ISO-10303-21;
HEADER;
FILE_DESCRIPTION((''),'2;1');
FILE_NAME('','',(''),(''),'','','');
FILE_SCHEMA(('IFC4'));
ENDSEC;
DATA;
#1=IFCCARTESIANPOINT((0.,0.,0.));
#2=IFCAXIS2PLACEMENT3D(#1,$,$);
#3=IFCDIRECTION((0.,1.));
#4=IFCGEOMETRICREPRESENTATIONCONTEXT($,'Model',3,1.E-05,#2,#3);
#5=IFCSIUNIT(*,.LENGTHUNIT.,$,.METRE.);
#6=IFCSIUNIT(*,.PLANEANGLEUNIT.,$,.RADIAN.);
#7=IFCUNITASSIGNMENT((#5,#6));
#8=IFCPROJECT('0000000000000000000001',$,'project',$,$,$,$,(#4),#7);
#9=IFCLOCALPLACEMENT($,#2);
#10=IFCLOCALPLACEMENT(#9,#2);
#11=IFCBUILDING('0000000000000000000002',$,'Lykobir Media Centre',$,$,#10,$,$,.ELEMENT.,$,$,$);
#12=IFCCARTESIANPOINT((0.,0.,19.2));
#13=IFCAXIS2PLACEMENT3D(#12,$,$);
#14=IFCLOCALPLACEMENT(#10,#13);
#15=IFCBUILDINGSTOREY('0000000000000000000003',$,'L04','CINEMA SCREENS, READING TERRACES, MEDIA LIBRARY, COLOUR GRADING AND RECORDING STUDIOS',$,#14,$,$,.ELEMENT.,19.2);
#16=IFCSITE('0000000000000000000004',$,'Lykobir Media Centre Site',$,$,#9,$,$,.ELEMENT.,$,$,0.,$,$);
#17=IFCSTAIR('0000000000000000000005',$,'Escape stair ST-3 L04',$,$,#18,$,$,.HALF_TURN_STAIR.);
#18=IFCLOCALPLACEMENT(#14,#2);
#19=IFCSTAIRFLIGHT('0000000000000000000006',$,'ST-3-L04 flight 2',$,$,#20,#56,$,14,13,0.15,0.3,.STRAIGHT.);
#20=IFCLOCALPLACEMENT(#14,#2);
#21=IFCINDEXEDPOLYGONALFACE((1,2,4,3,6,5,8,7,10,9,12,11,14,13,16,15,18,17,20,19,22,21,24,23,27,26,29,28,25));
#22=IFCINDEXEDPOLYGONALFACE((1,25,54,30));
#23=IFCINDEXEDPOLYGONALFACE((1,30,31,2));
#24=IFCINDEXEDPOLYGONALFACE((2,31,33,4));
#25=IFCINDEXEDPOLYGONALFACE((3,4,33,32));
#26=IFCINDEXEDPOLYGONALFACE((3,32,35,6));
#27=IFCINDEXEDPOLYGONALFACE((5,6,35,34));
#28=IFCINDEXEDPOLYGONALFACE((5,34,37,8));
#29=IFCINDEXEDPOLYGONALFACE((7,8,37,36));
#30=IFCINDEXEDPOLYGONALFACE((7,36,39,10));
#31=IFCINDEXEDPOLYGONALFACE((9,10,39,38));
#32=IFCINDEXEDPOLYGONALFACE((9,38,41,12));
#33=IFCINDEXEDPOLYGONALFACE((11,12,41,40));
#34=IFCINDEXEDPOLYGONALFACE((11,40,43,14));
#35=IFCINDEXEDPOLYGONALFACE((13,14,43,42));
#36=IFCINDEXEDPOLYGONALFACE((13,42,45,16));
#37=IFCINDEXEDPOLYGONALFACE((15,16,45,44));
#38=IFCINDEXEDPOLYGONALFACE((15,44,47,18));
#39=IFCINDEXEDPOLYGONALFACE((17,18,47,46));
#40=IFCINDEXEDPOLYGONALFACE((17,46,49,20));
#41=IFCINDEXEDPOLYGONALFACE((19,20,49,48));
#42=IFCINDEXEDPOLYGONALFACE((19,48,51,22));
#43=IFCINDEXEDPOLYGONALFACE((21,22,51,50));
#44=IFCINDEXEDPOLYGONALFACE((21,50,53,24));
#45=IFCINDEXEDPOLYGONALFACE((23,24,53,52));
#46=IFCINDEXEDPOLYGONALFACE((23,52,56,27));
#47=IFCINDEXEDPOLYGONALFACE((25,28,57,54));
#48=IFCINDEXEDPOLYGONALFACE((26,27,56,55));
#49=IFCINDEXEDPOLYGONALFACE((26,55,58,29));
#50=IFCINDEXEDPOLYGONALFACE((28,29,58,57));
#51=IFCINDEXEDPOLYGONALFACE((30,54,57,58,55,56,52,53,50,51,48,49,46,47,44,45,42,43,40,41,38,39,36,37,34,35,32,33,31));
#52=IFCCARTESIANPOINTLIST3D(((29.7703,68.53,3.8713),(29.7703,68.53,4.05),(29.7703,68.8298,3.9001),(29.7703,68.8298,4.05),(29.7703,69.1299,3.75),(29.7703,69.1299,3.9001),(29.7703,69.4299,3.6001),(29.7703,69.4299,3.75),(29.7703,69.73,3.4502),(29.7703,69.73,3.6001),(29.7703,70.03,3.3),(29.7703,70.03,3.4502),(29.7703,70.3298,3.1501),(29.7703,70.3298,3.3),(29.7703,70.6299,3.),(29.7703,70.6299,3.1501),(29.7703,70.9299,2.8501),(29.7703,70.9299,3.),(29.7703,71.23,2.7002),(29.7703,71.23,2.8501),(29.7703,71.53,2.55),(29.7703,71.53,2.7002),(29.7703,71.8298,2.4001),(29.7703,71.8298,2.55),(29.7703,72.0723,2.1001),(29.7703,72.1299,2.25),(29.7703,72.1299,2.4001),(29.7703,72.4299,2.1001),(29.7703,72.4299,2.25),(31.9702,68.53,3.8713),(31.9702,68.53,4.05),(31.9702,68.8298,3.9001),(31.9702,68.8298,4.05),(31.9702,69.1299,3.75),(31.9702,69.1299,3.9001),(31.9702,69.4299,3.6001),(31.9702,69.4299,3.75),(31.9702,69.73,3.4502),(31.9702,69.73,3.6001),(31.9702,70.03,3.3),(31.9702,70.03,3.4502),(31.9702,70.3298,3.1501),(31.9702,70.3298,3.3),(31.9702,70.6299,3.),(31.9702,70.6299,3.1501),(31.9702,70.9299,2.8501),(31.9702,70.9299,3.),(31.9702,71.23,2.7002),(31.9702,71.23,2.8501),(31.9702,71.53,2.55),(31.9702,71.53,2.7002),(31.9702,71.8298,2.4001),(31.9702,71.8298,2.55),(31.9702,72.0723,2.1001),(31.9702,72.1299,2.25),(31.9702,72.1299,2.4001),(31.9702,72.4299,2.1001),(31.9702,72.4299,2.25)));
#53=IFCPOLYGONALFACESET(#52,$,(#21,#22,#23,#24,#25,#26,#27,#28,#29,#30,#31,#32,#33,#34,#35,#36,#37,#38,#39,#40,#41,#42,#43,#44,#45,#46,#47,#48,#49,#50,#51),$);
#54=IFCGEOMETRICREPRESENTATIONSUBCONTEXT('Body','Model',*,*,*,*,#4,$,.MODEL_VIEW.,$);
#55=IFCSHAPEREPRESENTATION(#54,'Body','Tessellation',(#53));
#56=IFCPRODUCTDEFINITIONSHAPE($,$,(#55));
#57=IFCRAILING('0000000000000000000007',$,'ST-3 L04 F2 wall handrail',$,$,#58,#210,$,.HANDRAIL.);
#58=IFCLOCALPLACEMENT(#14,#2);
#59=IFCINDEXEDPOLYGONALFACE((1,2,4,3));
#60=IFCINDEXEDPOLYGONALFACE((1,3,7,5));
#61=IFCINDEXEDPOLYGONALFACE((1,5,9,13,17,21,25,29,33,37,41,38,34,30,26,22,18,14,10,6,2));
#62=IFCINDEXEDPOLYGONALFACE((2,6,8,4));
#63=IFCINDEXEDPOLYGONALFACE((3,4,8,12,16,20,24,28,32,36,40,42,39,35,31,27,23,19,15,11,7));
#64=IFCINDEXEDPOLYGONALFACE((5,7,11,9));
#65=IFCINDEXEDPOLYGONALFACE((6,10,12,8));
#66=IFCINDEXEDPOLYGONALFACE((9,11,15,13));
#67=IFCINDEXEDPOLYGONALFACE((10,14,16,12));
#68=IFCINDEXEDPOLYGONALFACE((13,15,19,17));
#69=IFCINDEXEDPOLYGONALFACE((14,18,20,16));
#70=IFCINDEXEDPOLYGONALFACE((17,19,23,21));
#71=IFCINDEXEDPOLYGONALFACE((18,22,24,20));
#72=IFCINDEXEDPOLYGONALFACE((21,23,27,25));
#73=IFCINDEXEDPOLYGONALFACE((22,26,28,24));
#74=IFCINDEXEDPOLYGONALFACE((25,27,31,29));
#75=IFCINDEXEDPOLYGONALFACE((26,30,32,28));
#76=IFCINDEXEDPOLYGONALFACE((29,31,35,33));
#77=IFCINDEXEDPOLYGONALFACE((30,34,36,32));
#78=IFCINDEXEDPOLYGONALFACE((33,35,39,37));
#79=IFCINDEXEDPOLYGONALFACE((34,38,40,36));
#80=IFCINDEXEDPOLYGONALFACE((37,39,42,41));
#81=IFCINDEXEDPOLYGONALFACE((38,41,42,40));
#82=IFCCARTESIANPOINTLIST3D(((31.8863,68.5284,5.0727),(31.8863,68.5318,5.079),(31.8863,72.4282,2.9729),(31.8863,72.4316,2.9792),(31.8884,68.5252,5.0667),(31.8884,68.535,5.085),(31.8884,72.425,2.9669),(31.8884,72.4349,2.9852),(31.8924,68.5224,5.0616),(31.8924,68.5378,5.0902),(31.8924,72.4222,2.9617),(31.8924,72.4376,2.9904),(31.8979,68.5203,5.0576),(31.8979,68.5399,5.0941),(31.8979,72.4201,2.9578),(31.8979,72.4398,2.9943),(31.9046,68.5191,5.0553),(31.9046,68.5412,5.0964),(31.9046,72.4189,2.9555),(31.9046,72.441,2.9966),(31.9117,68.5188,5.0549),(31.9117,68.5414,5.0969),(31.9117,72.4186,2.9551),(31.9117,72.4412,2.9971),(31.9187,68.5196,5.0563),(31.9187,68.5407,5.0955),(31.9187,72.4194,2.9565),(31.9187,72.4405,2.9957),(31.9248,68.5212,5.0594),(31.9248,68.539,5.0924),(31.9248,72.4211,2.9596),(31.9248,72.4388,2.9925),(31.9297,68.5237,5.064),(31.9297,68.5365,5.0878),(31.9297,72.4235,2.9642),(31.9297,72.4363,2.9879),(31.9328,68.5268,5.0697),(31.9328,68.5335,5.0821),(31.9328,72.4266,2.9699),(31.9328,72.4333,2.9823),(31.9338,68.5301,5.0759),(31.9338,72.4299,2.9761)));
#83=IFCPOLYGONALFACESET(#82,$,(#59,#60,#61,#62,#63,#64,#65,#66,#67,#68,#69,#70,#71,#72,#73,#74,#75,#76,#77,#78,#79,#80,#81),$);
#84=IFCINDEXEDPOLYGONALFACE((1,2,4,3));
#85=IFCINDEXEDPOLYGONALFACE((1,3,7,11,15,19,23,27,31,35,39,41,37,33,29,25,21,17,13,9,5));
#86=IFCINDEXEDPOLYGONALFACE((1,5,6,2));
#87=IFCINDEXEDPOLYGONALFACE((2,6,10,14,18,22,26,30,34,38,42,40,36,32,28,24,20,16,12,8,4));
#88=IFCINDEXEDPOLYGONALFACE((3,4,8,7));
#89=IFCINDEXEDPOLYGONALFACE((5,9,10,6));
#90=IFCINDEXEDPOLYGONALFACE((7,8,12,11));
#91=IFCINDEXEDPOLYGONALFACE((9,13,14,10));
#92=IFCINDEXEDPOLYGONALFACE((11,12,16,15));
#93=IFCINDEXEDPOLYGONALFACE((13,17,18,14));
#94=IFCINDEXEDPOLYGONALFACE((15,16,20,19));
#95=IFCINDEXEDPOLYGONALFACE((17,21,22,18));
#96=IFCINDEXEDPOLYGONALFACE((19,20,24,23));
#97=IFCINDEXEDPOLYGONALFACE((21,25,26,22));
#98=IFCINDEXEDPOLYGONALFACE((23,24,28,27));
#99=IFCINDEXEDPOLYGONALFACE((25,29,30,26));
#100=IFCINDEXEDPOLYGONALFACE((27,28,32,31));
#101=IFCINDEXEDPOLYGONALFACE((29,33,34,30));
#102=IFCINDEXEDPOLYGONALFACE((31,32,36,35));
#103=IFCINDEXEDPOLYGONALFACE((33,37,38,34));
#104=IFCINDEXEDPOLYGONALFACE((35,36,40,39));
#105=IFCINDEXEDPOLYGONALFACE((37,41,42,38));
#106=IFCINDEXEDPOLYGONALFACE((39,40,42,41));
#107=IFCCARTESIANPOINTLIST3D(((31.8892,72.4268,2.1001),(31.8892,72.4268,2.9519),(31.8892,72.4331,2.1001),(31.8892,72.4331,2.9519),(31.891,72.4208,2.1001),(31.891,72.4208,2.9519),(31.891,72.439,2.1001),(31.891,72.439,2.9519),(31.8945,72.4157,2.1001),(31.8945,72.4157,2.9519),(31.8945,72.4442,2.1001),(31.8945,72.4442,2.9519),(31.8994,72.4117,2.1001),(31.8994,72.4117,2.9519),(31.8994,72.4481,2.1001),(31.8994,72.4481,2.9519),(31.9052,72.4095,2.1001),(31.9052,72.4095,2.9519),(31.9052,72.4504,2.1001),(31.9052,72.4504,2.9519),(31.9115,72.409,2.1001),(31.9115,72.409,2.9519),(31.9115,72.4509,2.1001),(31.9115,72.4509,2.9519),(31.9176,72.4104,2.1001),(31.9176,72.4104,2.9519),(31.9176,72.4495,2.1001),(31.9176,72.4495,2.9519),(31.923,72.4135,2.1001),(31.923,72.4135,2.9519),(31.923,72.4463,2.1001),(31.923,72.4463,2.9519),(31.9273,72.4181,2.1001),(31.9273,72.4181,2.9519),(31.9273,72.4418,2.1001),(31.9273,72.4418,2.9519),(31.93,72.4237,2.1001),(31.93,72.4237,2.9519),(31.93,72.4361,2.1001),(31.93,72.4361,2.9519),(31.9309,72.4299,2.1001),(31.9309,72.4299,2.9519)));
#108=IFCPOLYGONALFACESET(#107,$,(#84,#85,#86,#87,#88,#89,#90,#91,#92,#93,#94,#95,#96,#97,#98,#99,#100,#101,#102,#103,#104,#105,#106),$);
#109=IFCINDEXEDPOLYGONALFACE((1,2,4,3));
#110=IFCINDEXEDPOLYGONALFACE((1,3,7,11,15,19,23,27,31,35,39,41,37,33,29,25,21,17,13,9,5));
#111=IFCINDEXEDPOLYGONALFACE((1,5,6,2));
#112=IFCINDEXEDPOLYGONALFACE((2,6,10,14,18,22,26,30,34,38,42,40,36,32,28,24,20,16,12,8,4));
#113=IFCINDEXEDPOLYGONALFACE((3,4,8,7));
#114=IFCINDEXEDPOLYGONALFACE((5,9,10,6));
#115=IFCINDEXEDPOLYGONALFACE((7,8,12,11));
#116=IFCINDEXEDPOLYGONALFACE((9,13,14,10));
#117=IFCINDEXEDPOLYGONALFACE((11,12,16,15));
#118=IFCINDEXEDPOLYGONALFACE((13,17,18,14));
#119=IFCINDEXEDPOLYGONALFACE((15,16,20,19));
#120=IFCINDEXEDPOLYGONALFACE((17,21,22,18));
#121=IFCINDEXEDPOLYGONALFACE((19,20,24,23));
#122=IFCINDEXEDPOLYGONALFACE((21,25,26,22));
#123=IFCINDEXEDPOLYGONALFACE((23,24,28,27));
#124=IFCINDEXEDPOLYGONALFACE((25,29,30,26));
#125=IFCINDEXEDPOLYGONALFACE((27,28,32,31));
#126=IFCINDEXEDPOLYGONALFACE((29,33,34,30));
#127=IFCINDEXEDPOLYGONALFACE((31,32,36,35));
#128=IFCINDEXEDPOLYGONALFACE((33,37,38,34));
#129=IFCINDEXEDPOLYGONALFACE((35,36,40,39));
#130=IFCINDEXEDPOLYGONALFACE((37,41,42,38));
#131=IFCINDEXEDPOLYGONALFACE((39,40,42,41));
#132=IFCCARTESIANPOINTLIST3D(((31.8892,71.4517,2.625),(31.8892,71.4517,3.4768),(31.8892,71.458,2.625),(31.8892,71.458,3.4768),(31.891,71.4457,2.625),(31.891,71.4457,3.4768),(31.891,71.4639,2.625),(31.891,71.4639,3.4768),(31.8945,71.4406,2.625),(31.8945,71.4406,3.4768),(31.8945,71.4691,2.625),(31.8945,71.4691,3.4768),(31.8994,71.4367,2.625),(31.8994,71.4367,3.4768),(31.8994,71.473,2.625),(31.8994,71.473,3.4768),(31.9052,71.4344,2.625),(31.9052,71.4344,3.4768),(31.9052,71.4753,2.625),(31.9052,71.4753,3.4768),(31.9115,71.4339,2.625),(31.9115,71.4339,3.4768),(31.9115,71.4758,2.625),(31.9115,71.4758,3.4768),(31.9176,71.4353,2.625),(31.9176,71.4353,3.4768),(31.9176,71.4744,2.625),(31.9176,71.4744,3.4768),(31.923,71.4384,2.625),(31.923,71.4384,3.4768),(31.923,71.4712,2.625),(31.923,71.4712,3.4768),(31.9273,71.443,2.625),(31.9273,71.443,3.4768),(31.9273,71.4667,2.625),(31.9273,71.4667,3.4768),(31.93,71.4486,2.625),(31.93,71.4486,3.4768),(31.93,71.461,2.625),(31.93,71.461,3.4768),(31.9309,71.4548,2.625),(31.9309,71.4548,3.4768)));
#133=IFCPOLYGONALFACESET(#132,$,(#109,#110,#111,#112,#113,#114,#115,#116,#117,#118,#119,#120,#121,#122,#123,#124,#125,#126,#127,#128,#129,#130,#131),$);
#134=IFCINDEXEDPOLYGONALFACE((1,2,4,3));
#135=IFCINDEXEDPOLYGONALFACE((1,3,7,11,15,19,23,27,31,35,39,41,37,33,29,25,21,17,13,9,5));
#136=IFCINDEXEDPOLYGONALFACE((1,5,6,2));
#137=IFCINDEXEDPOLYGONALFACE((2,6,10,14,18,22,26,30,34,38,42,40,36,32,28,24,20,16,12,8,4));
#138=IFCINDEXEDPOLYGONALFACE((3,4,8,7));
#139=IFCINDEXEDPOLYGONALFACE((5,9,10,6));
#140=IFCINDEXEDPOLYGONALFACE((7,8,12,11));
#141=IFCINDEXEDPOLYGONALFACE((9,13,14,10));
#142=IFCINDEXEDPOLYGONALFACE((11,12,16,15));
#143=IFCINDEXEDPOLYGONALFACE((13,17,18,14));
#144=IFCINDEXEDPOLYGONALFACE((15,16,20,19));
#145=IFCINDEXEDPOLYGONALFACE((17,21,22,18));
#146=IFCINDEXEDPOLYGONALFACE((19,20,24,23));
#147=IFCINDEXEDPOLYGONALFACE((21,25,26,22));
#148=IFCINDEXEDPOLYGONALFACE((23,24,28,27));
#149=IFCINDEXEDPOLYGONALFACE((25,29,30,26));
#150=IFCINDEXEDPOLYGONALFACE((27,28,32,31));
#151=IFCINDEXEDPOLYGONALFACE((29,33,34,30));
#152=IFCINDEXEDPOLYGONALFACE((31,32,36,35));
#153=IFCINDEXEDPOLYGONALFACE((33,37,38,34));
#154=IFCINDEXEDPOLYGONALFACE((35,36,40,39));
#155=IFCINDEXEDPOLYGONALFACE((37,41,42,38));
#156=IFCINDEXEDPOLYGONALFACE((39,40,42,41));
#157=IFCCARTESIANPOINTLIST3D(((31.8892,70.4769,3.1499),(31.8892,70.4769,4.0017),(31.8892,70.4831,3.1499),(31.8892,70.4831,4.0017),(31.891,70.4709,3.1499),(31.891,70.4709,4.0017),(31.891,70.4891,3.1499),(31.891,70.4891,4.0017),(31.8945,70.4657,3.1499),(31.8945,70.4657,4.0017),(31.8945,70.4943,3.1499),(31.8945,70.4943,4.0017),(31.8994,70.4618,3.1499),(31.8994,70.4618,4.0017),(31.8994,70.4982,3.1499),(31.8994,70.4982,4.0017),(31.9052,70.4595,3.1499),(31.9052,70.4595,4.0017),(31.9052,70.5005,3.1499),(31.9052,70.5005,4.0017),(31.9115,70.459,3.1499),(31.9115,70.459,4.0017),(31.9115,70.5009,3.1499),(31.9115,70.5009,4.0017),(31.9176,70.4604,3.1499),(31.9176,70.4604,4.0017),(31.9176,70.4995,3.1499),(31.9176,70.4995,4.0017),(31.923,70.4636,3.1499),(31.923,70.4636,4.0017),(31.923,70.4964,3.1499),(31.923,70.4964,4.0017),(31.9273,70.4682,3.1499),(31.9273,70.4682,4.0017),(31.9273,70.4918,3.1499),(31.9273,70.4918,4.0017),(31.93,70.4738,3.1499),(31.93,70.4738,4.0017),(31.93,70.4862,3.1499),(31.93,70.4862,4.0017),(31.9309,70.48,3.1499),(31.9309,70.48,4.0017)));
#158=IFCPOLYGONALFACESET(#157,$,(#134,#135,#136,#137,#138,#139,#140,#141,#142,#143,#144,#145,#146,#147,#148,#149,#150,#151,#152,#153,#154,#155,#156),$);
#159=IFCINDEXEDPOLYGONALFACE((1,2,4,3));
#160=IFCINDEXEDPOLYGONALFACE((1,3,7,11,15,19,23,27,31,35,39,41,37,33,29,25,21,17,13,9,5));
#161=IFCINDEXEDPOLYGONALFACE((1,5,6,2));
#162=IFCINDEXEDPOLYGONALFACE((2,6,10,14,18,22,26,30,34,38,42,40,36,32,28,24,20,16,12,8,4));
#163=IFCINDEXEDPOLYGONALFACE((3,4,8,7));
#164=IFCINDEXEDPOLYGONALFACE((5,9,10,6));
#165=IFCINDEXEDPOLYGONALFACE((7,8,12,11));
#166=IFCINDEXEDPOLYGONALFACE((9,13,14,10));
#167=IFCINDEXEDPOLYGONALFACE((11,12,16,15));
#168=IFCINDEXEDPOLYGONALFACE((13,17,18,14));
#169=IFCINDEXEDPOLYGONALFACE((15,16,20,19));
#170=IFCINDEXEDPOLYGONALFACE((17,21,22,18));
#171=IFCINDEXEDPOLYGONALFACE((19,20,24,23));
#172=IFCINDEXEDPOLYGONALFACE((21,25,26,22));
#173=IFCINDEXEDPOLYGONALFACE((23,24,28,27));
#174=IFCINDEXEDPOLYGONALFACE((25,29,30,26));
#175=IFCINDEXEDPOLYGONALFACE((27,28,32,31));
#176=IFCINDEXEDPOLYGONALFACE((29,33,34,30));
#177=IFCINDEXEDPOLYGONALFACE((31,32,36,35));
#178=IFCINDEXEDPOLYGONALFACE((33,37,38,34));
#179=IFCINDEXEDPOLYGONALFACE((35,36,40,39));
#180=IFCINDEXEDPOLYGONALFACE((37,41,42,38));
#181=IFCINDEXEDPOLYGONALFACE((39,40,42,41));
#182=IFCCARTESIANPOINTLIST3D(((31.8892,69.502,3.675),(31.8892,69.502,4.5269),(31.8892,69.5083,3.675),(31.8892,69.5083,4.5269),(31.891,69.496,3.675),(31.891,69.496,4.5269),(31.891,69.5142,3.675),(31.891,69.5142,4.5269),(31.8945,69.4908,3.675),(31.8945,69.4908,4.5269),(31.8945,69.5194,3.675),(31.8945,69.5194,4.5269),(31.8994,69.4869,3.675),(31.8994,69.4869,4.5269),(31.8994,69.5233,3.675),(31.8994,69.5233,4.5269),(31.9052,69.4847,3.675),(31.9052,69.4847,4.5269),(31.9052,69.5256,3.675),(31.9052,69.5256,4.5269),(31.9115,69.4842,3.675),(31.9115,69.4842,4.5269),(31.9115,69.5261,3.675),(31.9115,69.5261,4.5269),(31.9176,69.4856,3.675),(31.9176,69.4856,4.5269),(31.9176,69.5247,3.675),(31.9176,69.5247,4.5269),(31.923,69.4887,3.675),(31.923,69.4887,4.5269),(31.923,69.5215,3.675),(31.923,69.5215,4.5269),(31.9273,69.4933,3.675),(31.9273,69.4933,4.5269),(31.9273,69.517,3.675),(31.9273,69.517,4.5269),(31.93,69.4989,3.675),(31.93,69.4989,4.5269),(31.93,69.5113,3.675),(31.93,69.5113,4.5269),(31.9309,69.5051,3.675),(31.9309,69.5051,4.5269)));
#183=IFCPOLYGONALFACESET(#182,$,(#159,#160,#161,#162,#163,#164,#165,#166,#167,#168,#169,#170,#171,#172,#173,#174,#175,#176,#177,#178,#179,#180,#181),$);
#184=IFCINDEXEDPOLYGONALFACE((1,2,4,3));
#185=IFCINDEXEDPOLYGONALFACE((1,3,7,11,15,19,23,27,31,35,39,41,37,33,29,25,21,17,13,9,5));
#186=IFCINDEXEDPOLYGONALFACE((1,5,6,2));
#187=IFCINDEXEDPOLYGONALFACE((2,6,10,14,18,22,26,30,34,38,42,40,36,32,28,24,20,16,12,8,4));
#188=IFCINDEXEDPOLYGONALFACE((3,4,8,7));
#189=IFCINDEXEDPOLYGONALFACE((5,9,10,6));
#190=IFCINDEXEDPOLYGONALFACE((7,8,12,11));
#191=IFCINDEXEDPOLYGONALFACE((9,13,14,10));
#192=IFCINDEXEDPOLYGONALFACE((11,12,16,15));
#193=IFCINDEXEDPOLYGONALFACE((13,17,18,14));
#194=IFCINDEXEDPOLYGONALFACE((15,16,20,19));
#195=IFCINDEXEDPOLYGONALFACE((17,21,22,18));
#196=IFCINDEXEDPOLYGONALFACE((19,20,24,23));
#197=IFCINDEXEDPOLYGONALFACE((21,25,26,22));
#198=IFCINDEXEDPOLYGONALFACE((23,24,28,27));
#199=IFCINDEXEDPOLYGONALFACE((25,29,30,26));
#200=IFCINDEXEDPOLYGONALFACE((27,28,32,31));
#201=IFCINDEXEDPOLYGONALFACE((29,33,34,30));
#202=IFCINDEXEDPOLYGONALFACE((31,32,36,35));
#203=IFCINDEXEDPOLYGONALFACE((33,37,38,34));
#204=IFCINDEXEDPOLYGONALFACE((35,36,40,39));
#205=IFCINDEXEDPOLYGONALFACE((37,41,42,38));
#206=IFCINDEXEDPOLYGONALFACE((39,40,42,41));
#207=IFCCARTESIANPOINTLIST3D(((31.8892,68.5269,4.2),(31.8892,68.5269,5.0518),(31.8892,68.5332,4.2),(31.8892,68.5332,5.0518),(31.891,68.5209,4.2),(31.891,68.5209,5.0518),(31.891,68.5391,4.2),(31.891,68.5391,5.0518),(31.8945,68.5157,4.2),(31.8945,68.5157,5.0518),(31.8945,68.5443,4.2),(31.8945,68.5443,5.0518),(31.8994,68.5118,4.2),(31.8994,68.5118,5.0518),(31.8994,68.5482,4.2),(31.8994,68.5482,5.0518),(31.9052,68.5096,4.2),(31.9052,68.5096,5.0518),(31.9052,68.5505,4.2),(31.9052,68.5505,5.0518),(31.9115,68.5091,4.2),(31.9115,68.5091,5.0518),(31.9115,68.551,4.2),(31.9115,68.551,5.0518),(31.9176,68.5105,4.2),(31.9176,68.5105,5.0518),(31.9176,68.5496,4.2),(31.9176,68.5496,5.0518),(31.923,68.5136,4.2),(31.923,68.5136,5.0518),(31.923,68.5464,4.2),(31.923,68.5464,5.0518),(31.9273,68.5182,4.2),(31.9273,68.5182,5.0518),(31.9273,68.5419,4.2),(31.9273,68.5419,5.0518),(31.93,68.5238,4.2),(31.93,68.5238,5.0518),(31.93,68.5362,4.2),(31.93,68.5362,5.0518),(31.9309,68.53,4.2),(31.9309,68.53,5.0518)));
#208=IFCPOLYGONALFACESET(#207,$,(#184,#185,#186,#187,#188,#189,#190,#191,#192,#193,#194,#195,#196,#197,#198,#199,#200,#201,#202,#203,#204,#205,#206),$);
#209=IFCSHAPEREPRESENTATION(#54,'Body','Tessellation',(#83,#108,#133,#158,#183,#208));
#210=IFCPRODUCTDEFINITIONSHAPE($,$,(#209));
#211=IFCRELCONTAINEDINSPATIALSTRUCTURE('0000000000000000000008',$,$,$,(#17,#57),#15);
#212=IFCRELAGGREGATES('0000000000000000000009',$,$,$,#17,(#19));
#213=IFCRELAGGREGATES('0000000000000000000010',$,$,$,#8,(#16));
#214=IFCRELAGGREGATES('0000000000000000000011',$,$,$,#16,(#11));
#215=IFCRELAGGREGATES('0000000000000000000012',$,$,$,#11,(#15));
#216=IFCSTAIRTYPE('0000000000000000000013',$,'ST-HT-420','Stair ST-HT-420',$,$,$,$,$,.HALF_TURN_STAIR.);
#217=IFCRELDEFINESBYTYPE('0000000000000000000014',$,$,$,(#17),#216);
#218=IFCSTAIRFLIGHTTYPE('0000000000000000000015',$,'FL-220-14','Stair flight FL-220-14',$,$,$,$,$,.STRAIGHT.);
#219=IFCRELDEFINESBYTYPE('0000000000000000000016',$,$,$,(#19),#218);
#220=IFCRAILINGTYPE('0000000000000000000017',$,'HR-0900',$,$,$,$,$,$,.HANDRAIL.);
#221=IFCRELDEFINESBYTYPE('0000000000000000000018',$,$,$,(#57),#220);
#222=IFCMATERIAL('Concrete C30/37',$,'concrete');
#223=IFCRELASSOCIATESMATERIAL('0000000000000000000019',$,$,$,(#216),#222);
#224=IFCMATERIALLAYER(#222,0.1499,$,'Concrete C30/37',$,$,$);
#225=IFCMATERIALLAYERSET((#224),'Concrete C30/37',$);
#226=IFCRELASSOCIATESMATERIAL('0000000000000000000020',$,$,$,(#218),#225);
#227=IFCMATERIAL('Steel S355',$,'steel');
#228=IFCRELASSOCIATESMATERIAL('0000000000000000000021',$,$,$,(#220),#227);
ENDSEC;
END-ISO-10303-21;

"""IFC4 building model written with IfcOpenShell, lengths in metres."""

from ifc_helpers import new_model, si_unit, direction, frame, origin, origin_2d, place, context, subcontext, project, spatial, polyline, circle, outline, extrude, material, layer, layer_set, type_object, element, aggregate, save


model = new_model("IFC4")

# Units and contexts
model_context = context("Model", 3, precision=1e-05, world=origin(), true_north=direction((0.0, 1.0)))
body_context = subcontext(model_context, "Body", "Model", "MODEL_VIEW")
ifc_project = project(units=[si_unit("LENGTHUNIT", "METRE"), si_unit("PLANEANGLEUNIT", "RADIAN")], contexts=[model_context])

# Site, building, storey
site_placement = place(None, origin())
site = spatial("IfcSite", under=ifc_project, at=site_placement, Name="Lykobir Media Centre Site", CompositionType="ELEMENT", RefElevation=0.0)
building_placement = place(site_placement, origin())
building = spatial("IfcBuilding", under=site, at=building_placement, Name="Lykobir Media Centre", CompositionType="ELEMENT")
storey_placement = place(building_placement, frame((0.0, 0.0, 19.2)))
storey = spatial("IfcBuildingStorey", under=building, at=storey_placement, Name="L04", Description="CINEMA SCREENS, READING TERRACES, MEDIA LIBRARY, COLOUR GRADING AND RECORDING STUDIOS", CompositionType="ELEMENT", Elevation=19.2)

# Shared definitions
ifc_material_1 = material(Name="Steel S355", Category="steel")

# Shared definitions
ifc_material_2 = material(Name="Concrete C30/37", Category="concrete")

# Stair, stair flight
stair_type = type_object("IfcStairType", Name="ST-HT-420", Description="Stair ST-HT-420", PredefinedType="HALF_TURN_STAIR", material=ifc_material_2)
stair_placement = place(storey_placement, origin())
stair = element("IfcStair", 1, at=stair_placement, inside=storey, type_object=stair_type, Name="Escape stair ST-3 L04", PredefinedType="HALF_TURN_STAIR")
ifc_layer_1 = layer(ifc_material_2, 0.1499, Name="Concrete C30/37")
ifc_layer_set_1 = layer_set([ifc_layer_1], Name="Concrete C30/37")
stair_flight_type = type_object("IfcStairFlightType", Name="FL-220-14", Description="Stair flight FL-220-14", PredefinedType="STRAIGHT", material=ifc_layer_set_1)
stair_flight_placement = place(storey_placement, frame((30.8701, 72.4299, 2.1001), z_axis=(0.0, 0.0, 1.0), x_axis=(0.0, -1.0, 0.0)))
stair_flight = element("IfcStairFlight", 2, at=stair_flight_placement, type_object=stair_flight_type, Name="ST-3-L04 flight 2", NumberOfRisers=14, NumberOfTreads=13, PredefinedType="STRAIGHT", RiserHeight=0.15, TreadLength=0.3, context=body_context, shape_type="SweptSolid", body=[
    extrude(outline(polyline([(0.0, 0.0), (0.0, 0.1499), (0.3, 0.1499), (0.3, 0.3), (0.6001, 0.3), (0.6001, 0.45), (0.8999, 0.45), (0.8999, 0.6001), (1.2, 0.6001), (1.2, 0.75), (1.5, 0.75), (1.5, 0.8999), (1.8, 0.8999), (1.8, 1.05), (2.1001, 1.05), (2.1001, 1.2), (2.3999, 1.2), (2.3999, 1.3501), (2.7, 1.3501), (2.7, 1.5), (3.0, 1.5), (3.0, 1.6499), (3.3, 1.6499), (3.3, 1.8), (3.6001, 1.8), (3.6001, 1.95), (3.8999, 1.95), (3.8999, 2.1001), (3.8999, 1.7712), (0.3577, 0.0), (0.0, 0.0)])), frame((0.0, 1.1001, 0.0), z_axis=(0.0, -1.0, 0.0), x_axis=(1.0, 0.0, 0.0)), (0.0, 0.0, 1.0), 2.2),
])
aggregate(stair, [stair_flight])

# Railing
railing_type_1 = type_object("IfcRailingType", Name="HR-0900", PredefinedType="HANDRAIL", material=ifc_material_1)
railing_1_placement = place(storey_placement, frame((31.9099, 72.4299, 2.1001)))
element("IfcRailing", 3, at=railing_1_placement, inside=storey, type_object=railing_type_1, Name="ST-3 L04 F2 wall handrail", PredefinedType="HANDRAIL", context=body_context, shape_type="SweptSolid", body=[
    extrude(circle(Radius=0.0239, at=origin_2d()), frame((0.0, 0.0, 0.876), z_axis=(0.0, -0.88048, 0.474083), x_axis=(1.0, 0.0, 0.0)), (0.0, 0.0, 1.0), 4.4292),
    extrude(circle(Radius=0.021, at=origin_2d()), origin(), (0.0, 0.0, 1.0), 0.8518),
    extrude(circle(Radius=0.021, at=origin_2d()), frame((0.0, -0.9751, 0.5249)), (0.0, 0.0, 1.0), 0.8518),
    extrude(circle(Radius=0.021, at=origin_2d()), frame((0.0, -1.95, 1.0498)), (0.0, 0.0, 1.0), 0.8518),
    extrude(circle(Radius=0.021, at=origin_2d()), frame((0.0, -2.9248, 1.575)), (0.0, 0.0, 1.0), 0.8518),
    extrude(circle(Radius=0.021, at=origin_2d()), frame((0.0, -3.8999, 2.0999)), (0.0, 0.0, 1.0), 0.8518),
])

save(model, "model.ifc")
